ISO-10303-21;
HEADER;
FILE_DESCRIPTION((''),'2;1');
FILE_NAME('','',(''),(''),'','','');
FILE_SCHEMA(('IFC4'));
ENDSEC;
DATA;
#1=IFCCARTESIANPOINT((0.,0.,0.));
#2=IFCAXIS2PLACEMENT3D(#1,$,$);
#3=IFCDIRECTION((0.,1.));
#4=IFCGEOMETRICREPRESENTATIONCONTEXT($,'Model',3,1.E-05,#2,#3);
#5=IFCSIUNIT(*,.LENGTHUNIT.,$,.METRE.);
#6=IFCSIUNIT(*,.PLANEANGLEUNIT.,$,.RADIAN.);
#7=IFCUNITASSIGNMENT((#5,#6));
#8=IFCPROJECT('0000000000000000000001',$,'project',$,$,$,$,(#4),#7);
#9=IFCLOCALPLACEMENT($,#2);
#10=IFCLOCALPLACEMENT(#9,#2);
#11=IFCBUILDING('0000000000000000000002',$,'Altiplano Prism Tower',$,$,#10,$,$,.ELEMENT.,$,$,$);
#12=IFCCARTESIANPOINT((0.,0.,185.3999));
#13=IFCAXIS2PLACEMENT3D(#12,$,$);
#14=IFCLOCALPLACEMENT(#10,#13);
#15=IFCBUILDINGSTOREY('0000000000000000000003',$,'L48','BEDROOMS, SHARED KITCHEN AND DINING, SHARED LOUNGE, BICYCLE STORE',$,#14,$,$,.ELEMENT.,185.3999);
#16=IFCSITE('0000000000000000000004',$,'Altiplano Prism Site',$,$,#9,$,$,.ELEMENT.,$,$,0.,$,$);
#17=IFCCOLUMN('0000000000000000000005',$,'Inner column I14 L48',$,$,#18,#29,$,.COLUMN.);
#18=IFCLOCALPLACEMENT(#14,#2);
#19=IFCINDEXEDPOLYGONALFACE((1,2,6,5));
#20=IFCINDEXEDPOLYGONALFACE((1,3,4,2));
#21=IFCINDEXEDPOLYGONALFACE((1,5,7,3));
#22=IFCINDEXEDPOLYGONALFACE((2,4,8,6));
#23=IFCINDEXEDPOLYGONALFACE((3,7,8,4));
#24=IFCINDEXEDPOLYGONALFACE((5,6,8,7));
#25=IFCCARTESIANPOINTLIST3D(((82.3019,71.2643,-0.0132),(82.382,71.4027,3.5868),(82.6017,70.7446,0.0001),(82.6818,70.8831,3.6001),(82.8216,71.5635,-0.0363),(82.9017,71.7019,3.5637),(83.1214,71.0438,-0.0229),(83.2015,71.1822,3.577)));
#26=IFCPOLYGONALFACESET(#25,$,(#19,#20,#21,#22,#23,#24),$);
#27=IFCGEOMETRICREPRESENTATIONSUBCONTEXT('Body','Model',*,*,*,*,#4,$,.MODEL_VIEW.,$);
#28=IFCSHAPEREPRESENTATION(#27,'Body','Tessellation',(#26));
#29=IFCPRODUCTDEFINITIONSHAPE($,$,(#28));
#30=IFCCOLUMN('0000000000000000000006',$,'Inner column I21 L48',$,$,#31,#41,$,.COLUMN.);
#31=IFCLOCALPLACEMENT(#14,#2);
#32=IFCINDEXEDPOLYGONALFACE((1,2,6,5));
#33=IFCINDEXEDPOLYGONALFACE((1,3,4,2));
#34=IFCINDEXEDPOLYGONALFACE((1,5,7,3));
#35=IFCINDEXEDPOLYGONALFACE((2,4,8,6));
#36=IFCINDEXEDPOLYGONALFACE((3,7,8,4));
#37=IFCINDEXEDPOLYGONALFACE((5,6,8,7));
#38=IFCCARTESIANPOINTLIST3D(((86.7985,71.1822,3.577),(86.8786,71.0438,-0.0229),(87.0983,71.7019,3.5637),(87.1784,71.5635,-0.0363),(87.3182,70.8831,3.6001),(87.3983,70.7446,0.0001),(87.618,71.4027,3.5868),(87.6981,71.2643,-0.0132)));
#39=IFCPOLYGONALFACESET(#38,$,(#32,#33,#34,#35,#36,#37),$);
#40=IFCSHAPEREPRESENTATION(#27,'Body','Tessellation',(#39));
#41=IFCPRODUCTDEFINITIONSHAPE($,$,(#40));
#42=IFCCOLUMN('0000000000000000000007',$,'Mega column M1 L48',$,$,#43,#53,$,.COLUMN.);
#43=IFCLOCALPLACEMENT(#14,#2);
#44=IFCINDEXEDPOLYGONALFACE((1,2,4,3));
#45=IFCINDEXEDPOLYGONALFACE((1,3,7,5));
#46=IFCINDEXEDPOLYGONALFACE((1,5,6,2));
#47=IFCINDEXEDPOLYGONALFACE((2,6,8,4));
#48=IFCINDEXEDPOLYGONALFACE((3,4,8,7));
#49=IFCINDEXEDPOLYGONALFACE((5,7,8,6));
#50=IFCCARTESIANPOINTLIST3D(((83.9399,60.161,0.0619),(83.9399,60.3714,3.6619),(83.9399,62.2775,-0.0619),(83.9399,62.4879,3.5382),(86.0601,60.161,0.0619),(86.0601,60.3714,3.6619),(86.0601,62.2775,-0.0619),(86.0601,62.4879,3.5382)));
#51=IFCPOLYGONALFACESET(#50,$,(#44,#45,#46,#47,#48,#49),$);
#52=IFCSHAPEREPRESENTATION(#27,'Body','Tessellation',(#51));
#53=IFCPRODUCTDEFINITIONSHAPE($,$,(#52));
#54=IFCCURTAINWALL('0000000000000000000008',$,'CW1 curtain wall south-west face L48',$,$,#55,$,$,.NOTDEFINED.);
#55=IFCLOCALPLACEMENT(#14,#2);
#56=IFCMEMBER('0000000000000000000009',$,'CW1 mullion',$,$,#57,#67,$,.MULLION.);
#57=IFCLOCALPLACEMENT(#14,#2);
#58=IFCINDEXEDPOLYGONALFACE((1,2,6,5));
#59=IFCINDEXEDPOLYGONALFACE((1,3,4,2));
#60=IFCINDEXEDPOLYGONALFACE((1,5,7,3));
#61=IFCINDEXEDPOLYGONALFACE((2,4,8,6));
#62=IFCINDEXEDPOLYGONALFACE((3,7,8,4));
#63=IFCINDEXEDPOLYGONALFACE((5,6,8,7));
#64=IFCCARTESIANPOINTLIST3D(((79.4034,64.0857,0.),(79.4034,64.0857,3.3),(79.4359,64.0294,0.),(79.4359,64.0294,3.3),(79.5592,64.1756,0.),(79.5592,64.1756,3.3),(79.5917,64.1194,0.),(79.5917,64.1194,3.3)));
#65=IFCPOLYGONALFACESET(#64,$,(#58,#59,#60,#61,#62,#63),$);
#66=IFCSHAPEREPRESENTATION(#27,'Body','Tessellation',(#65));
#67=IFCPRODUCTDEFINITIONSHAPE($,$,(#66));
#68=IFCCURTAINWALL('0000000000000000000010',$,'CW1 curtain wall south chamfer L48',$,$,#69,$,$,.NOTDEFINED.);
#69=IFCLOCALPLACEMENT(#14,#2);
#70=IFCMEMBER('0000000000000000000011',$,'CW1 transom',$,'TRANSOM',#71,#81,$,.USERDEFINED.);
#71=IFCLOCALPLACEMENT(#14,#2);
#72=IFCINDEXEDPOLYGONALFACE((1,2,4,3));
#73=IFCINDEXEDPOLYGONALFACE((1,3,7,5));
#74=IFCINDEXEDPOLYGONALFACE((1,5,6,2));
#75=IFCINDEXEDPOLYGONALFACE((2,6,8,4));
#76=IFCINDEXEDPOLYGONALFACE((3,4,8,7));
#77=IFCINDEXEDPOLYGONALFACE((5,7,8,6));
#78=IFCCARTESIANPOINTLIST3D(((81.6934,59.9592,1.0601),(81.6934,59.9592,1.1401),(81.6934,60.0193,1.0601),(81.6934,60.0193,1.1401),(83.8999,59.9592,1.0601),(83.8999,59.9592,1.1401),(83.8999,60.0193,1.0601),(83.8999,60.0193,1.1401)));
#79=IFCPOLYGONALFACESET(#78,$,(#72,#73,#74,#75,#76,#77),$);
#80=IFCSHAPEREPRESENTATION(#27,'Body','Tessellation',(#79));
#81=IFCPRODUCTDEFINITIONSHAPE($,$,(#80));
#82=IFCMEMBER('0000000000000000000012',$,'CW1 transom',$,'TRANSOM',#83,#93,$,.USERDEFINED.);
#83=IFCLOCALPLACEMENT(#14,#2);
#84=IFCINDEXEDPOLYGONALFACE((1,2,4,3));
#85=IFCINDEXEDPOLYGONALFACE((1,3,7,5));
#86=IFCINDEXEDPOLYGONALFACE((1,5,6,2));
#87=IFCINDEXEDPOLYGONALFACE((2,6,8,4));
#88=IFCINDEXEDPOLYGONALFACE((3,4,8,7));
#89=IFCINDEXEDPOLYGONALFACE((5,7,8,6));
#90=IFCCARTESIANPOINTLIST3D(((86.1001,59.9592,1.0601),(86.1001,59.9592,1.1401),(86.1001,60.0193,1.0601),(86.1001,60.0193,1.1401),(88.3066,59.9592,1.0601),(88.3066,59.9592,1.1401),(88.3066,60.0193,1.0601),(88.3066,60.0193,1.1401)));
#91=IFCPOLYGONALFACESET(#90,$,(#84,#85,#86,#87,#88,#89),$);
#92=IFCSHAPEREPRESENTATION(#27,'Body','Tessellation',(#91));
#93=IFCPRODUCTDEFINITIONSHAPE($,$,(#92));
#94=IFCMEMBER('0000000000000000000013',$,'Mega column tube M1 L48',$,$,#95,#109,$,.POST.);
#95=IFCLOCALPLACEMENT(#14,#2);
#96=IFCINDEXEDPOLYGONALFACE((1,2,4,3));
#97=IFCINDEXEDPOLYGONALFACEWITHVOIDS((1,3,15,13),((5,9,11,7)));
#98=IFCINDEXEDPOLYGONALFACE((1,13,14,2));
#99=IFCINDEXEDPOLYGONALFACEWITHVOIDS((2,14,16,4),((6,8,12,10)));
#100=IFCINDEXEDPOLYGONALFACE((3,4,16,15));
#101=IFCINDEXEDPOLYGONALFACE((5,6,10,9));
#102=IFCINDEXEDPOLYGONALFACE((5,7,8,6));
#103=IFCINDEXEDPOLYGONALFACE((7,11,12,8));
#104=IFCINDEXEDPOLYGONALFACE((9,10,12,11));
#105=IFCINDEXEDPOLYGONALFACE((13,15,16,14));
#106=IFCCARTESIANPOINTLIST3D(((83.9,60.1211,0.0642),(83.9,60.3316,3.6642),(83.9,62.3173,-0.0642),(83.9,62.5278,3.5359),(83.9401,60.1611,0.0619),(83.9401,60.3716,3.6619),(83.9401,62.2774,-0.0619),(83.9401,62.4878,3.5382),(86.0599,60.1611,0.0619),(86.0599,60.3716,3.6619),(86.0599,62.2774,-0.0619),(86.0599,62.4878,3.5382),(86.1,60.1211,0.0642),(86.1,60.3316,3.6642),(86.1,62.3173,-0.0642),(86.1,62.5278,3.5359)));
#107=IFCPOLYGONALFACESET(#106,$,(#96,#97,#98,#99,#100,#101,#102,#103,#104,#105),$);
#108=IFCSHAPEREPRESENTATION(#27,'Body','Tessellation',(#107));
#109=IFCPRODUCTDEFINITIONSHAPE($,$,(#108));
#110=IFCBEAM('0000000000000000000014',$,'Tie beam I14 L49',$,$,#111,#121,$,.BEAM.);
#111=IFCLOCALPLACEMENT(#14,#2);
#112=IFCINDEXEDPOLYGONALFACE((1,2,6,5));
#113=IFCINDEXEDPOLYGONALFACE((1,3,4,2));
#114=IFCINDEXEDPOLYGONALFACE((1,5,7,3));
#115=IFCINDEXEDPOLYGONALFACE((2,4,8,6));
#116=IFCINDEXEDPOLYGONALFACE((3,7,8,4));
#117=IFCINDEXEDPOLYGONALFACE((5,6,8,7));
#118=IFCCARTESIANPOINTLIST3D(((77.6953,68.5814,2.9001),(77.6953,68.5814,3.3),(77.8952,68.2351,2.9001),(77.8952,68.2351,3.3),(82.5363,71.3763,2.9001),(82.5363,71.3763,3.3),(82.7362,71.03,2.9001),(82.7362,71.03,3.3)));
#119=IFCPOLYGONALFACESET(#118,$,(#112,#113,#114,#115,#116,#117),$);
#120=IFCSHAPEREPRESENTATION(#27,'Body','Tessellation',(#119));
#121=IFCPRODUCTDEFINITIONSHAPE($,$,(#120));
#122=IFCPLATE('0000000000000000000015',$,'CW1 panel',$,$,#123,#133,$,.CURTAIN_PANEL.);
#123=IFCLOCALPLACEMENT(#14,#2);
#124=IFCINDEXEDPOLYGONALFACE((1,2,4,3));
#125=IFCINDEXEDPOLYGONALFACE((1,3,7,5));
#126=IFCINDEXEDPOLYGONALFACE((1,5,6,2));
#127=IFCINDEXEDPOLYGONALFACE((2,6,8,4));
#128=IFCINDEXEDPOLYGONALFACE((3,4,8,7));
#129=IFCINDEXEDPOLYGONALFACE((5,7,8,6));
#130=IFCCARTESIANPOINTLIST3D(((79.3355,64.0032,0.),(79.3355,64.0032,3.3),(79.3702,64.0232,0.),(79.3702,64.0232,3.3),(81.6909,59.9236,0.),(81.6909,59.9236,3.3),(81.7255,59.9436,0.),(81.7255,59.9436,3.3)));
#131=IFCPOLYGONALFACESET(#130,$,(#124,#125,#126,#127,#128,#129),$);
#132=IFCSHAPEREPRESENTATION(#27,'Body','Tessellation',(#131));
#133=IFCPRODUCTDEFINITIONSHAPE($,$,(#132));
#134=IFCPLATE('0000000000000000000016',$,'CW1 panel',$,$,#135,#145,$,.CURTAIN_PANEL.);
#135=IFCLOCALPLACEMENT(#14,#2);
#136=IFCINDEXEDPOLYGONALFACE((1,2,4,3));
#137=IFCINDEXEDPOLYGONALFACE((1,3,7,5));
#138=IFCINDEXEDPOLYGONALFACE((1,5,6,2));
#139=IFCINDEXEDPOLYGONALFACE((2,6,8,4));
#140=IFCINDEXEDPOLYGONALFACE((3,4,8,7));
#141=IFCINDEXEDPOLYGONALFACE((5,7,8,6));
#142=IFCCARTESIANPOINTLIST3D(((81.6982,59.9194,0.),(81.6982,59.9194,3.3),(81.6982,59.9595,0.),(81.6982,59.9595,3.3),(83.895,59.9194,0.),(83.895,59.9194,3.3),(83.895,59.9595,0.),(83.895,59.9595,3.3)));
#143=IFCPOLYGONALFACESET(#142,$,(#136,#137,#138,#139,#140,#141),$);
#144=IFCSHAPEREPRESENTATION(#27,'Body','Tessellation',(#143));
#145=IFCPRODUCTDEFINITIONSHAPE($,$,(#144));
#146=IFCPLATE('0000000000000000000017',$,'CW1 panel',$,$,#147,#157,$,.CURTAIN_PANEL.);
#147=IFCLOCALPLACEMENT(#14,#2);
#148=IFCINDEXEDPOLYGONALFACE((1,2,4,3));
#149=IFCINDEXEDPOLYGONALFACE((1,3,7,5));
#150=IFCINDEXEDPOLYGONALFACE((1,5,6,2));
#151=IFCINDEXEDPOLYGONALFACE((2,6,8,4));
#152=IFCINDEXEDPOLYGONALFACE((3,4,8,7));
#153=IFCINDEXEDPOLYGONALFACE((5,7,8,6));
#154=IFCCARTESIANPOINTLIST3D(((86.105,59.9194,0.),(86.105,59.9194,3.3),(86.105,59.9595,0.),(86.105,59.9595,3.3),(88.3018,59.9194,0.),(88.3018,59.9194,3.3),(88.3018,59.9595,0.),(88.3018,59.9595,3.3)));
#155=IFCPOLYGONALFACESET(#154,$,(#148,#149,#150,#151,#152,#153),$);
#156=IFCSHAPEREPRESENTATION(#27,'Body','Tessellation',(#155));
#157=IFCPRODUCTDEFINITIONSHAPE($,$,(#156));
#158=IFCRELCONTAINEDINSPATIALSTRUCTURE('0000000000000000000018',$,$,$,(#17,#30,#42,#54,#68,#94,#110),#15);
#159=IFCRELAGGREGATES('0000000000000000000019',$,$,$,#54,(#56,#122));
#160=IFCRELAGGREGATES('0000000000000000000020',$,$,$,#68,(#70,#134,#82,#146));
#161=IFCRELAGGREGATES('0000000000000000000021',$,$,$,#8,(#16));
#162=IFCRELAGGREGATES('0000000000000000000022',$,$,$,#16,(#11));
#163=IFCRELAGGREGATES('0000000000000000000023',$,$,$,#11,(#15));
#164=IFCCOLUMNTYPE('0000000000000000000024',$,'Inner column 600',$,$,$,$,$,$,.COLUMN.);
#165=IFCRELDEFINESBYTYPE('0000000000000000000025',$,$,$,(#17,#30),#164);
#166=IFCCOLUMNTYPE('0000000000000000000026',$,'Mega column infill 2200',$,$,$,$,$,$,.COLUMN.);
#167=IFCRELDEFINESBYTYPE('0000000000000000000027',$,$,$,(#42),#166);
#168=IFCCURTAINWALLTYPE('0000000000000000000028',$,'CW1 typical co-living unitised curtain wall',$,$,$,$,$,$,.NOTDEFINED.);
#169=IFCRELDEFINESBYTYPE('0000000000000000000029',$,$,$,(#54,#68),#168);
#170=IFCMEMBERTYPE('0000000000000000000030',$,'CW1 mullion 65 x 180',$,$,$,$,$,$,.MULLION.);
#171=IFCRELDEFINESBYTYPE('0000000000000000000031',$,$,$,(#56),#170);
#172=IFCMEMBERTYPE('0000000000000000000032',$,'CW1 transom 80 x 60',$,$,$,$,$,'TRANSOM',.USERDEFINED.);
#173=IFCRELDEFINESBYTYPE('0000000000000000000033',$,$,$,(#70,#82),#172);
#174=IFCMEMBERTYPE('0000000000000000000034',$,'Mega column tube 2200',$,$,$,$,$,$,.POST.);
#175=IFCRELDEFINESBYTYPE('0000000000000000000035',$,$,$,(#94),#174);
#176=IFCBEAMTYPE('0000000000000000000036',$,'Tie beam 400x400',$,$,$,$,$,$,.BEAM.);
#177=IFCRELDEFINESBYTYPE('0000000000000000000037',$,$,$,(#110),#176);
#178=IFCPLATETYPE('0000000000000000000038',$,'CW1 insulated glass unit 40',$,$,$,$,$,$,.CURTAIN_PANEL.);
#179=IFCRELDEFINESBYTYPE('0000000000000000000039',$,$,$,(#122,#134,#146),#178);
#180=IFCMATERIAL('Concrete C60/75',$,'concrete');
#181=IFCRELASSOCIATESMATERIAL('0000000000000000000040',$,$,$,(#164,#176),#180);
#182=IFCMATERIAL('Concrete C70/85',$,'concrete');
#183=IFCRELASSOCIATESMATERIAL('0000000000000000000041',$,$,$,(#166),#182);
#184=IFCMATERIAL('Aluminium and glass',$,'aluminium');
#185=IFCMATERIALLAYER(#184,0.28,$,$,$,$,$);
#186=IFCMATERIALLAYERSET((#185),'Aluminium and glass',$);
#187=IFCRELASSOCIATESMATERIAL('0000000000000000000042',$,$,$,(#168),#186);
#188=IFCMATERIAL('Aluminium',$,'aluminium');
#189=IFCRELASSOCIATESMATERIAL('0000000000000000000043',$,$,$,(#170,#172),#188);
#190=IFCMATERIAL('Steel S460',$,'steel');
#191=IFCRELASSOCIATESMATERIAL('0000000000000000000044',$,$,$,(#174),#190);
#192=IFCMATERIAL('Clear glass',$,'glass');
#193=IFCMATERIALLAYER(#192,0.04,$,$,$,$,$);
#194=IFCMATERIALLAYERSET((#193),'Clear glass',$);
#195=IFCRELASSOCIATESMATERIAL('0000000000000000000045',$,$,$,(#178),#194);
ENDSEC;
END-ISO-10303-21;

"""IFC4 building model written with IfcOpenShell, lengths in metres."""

from ifc_helpers import new_model, si_unit, direction, frame, origin, origin_2d, place, context, subcontext, project, spatial, rectangle, hollow_rectangle, extrude, material, layer, layer_set, material_profile, profile_set, type_object, element, aggregate, save


model = new_model("IFC4")

# Units and contexts
model_context = context("Model", 3, precision=1e-05, world=origin(), true_north=direction((0.0, 1.0)))
body_context = subcontext(model_context, "Body", "Model", "MODEL_VIEW")
ifc_project = project(units=[si_unit("LENGTHUNIT", "METRE"), si_unit("PLANEANGLEUNIT", "RADIAN")], contexts=[model_context])

# Site, building, storey
site_placement = place(None, origin())
site = spatial("IfcSite", under=ifc_project, at=site_placement, Name="Altiplano Prism Site", CompositionType="ELEMENT", RefElevation=0.0)
building_placement = place(site_placement, origin())
building = spatial("IfcBuilding", under=site, at=building_placement, Name="Altiplano Prism Tower", CompositionType="ELEMENT")
storey_placement = place(building_placement, frame((0.0, 0.0, 185.3999)))
storey = spatial("IfcBuildingStorey", under=building, at=storey_placement, Name="L48", Description="BEDROOMS, SHARED KITCHEN AND DINING, SHARED LOUNGE, BICYCLE STORE", CompositionType="ELEMENT", Elevation=185.3999)

# Columns
ifc_material_1 = material(Name="Concrete C60/75", Category="concrete")
ifc_material_profile_1 = material_profile(ifc_material_1, rectangle(XDim=0.6001, YDim=0.6001, at=origin_2d()), Name="Inner column 600")
ifc_profile_set_1 = profile_set([ifc_material_profile_1], Name="Concrete C60/75")
column_type_1 = type_object("IfcColumnType", Name="Inner column 600", PredefinedType="COLUMN", material=ifc_profile_set_1)
for number, where, z_axis, x_axis, name in (
    (1, (82.7117, 71.1541, -0.0181), (0.022223, 0.038416, 0.999015), (-0.866019, -0.498532, 0.038435), "Inner column I14 L48"),
    (2, (87.2883, 71.1541, -0.0181), (-0.022223, 0.038416, 0.999015), (-0.499518, -0.866019, 0.02219), "Inner column I21 L48"),
):
    element("IfcColumn", number, at=place(storey_placement, frame(where, z_axis=z_axis, x_axis=x_axis)), inside=storey, type_object=column_type_1, Name=name, PredefinedType="COLUMN", context=body_context, shape_type="SweptSolid", body=[
        extrude(rectangle(XDim=0.6001, YDim=0.6001, at=origin_2d()), origin(), (0.0, 0.0, 1.0), 3.6035),
    ])
ifc_material_2 = material(Name="Concrete C70/85", Category="concrete")
ifc_material_profile_2 = material_profile(ifc_material_2, rectangle(XDim=2.1201, YDim=2.1201, at=origin_2d()), Name="Mega column infill 2200")
ifc_profile_set_2 = profile_set([ifc_material_profile_2], Name="Concrete C70/85")
column_type_2 = type_object("IfcColumnType", Name="Mega column infill 2200", PredefinedType="COLUMN", material=ifc_profile_set_2)
column_placement = place(storey_placement, frame((85.0, 61.2192, 0.0), z_axis=(0.0, 0.058357, 0.998296), x_axis=(-1.0, 0.0, 0.0)))
element("IfcColumn", 3, at=column_placement, inside=storey, type_object=column_type_2, Name="Mega column M1 L48", PredefinedType="COLUMN", context=body_context, shape_type="SweptSolid", body=[
    extrude(rectangle(XDim=2.1201, YDim=2.1201, at=origin_2d()), origin(), (0.0, 0.0, 1.0), 3.6062),
])

# Curtain wall, member
ifc_material_3 = material(Name="Aluminium and glass", Category="aluminium")
ifc_layer_1 = layer(ifc_material_3, 0.28)
ifc_layer_set_1 = layer_set([ifc_layer_1], Name="Aluminium and glass")
curtain_wall_type = type_object("IfcCurtainWallType", Name="CW1 typical co-living unitised curtain wall", PredefinedType="NOTDEFINED", material=ifc_layer_set_1)
curtain_wall_1_placement = place(storey_placement, origin())
curtain_wall_1 = element("IfcCurtainWall", 4, at=curtain_wall_1_placement, inside=storey, type_object=curtain_wall_type, Name="CW1 curtain wall south-west face L48", PredefinedType="NOTDEFINED")
ifc_material_4 = material(Name="Aluminium", Category="aluminium")
ifc_material_profile_3 = material_profile(ifc_material_4, rectangle(XDim=0.1799, YDim=0.0649, at=origin_2d()), Name="CW1 mullion 65 x 180")
ifc_profile_set_3 = profile_set([ifc_material_profile_3], Name="Aluminium")
member_type_1 = type_object("IfcMemberType", Name="CW1 mullion 65 x 180", PredefinedType="MULLION", material=ifc_profile_set_3)
member_1_placement = place(storey_placement, frame((79.4976, 64.1025, 0.0), z_axis=(0.0, 0.0, 1.0), x_axis=(0.866025, 0.5, 0.0)))
member_1 = element("IfcMember", 5, at=member_1_placement, type_object=member_type_1, Name="CW1 mullion", PredefinedType="MULLION", context=body_context, shape_type="SweptSolid", body=[
    extrude(rectangle(XDim=0.1799, YDim=0.0649, at=origin_2d()), origin(), (0.0, 0.0, 1.0), 3.3),
])

# Curtain wall, members
curtain_wall_2_placement = place(storey_placement, origin())
curtain_wall_2 = element("IfcCurtainWall", 6, at=curtain_wall_2_placement, inside=storey, type_object=curtain_wall_type, Name="CW1 curtain wall south chamfer L48", PredefinedType="NOTDEFINED")
ifc_material_profile_4 = material_profile(ifc_material_4, rectangle(XDim=0.0601, YDim=0.0801, at=origin_2d()), Name="CW1 transom 80 x 60")
ifc_profile_set_4 = profile_set([ifc_material_profile_4], Name="Aluminium")
member_type_2 = type_object("IfcMemberType", Name="CW1 transom 80 x 60", ElementType="TRANSOM", PredefinedType="USERDEFINED", material=ifc_profile_set_4)
member_2_placement = place(storey_placement, frame((81.6934, 59.9893, 1.1001), z_axis=(1.0, 0.0, 0.0), x_axis=(0.0, 1.0, 0.0)))
member_2 = element("IfcMember", 7, at=member_2_placement, type_object=member_type_2, Name="CW1 transom", ObjectType="TRANSOM", PredefinedType="USERDEFINED", context=body_context, shape_type="SweptSolid", body=[
    extrude(rectangle(XDim=0.0601, YDim=0.0801, at=origin_2d()), origin(), (0.0, 0.0, 1.0), 2.2065),
])
member_3_placement = place(storey_placement, frame((86.1001, 59.9893, 1.1001), z_axis=(1.0, 0.0, 0.0), x_axis=(0.0, 1.0, 0.0)))
member_3 = element("IfcMember", 8, at=member_3_placement, type_object=member_type_2, Name="CW1 transom", ObjectType="TRANSOM", PredefinedType="USERDEFINED", context=body_context, shape_type="SweptSolid", body=[
    extrude(rectangle(XDim=0.0601, YDim=0.0801, at=origin_2d()), origin(), (0.0, 0.0, 1.0), 2.2065),
])

# Member
ifc_material_5 = material(Name="Steel S460", Category="steel")
ifc_material_profile_5 = material_profile(ifc_material_5, hollow_rectangle(XDim=2.2, YDim=2.2, WallThickness=0.04, at=origin_2d()), Name="Mega column tube 2200")
ifc_profile_set_5 = profile_set([ifc_material_profile_5], Name="Steel S460")
member_type_3 = type_object("IfcMemberType", Name="Mega column tube 2200", PredefinedType="POST", material=ifc_profile_set_5)
member_4_placement = place(storey_placement, frame((85.0, 61.2192, 0.0), z_axis=(0.0, 0.058357, 0.998296), x_axis=(-1.0, 0.0, 0.0)))
element("IfcMember", 9, at=member_4_placement, inside=storey, type_object=member_type_3, Name="Mega column tube M1 L48", PredefinedType="POST", context=body_context, shape_type="SweptSolid", body=[
    extrude(hollow_rectangle(XDim=2.2, YDim=2.2, WallThickness=0.04, at=origin_2d()), origin(), (0.0, 0.0, 1.0), 3.6062),
])

# Beam
ifc_material_profile_6 = material_profile(ifc_material_1, rectangle(XDim=0.3999, YDim=0.3999, at=origin_2d()), Name="Tie beam 400x400")
ifc_profile_set_6 = profile_set([ifc_material_profile_6], Name="Concrete C60/75")
beam_type = type_object("IfcBeamType", Name="Tie beam 400x400", PredefinedType="BEAM", material=ifc_profile_set_6)
beam_placement = place(storey_placement, frame((82.6362, 71.2031, 3.1001), z_axis=(-0.866031, -0.499991, 0.0), x_axis=(0.499991, -0.866031, 0.0)))
element("IfcBeam", 10, at=beam_placement, inside=storey, type_object=beam_type, Name="Tie beam I14 L49", PredefinedType="BEAM", context=body_context, shape_type="SweptSolid", body=[
    extrude(rectangle(XDim=0.3999, YDim=0.3999, at=origin_2d()), origin(), (0.0, 0.0, 1.0), 5.5898),
])

# Plates
ifc_material_6 = material(Name="Clear glass", Category="glass")
ifc_layer_2 = layer(ifc_material_6, 0.04)
ifc_layer_set_2 = layer_set([ifc_layer_2], Name="Clear glass")
plate_type = type_object("IfcPlateType", Name="CW1 insulated glass unit 40", PredefinedType="CURTAIN_PANEL", material=ifc_layer_set_2)
plate_1_placement = place(storey_placement, frame((80.5305, 61.9734, 0.0), z_axis=(0.0, 0.0, 1.0), x_axis=(0.5, -0.866025, 0.0)))
plate_1 = element("IfcPlate", 11, at=plate_1_placement, type_object=plate_type, Name="CW1 panel", PredefinedType="CURTAIN_PANEL", context=body_context, shape_type="SweptSolid", body=[
    extrude(rectangle(XDim=4.7107, YDim=0.04, at=origin_2d()), origin(), (0.0, 0.0, 1.0), 3.3),
])
aggregate(curtain_wall_1, [member_1, plate_1])
plate_2_placement = place(storey_placement, frame((82.7966, 59.9395, 0.0), z_axis=(0.0, 0.0, 1.0), x_axis=(1.0, 0.0, 0.0)))
plate_2 = element("IfcPlate", 12, at=plate_2_placement, type_object=plate_type, Name="CW1 panel", PredefinedType="CURTAIN_PANEL", context=body_context, shape_type="SweptSolid", body=[
    extrude(rectangle(XDim=2.1968, YDim=0.04, at=origin_2d()), origin(), (0.0, 0.0, 1.0), 3.3),
])
plate_3_placement = place(storey_placement, frame((87.2034, 59.9395, 0.0), z_axis=(0.0, 0.0, 1.0), x_axis=(1.0, 0.0, 0.0)))
plate_3 = element("IfcPlate", 13, at=plate_3_placement, type_object=plate_type, Name="CW1 panel", PredefinedType="CURTAIN_PANEL", context=body_context, shape_type="SweptSolid", body=[
    extrude(rectangle(XDim=2.1968, YDim=0.04, at=origin_2d()), origin(), (0.0, 0.0, 1.0), 3.3),
])
aggregate(curtain_wall_2, [member_2, plate_2, member_3, plate_3])

save(model, "model.ifc")
